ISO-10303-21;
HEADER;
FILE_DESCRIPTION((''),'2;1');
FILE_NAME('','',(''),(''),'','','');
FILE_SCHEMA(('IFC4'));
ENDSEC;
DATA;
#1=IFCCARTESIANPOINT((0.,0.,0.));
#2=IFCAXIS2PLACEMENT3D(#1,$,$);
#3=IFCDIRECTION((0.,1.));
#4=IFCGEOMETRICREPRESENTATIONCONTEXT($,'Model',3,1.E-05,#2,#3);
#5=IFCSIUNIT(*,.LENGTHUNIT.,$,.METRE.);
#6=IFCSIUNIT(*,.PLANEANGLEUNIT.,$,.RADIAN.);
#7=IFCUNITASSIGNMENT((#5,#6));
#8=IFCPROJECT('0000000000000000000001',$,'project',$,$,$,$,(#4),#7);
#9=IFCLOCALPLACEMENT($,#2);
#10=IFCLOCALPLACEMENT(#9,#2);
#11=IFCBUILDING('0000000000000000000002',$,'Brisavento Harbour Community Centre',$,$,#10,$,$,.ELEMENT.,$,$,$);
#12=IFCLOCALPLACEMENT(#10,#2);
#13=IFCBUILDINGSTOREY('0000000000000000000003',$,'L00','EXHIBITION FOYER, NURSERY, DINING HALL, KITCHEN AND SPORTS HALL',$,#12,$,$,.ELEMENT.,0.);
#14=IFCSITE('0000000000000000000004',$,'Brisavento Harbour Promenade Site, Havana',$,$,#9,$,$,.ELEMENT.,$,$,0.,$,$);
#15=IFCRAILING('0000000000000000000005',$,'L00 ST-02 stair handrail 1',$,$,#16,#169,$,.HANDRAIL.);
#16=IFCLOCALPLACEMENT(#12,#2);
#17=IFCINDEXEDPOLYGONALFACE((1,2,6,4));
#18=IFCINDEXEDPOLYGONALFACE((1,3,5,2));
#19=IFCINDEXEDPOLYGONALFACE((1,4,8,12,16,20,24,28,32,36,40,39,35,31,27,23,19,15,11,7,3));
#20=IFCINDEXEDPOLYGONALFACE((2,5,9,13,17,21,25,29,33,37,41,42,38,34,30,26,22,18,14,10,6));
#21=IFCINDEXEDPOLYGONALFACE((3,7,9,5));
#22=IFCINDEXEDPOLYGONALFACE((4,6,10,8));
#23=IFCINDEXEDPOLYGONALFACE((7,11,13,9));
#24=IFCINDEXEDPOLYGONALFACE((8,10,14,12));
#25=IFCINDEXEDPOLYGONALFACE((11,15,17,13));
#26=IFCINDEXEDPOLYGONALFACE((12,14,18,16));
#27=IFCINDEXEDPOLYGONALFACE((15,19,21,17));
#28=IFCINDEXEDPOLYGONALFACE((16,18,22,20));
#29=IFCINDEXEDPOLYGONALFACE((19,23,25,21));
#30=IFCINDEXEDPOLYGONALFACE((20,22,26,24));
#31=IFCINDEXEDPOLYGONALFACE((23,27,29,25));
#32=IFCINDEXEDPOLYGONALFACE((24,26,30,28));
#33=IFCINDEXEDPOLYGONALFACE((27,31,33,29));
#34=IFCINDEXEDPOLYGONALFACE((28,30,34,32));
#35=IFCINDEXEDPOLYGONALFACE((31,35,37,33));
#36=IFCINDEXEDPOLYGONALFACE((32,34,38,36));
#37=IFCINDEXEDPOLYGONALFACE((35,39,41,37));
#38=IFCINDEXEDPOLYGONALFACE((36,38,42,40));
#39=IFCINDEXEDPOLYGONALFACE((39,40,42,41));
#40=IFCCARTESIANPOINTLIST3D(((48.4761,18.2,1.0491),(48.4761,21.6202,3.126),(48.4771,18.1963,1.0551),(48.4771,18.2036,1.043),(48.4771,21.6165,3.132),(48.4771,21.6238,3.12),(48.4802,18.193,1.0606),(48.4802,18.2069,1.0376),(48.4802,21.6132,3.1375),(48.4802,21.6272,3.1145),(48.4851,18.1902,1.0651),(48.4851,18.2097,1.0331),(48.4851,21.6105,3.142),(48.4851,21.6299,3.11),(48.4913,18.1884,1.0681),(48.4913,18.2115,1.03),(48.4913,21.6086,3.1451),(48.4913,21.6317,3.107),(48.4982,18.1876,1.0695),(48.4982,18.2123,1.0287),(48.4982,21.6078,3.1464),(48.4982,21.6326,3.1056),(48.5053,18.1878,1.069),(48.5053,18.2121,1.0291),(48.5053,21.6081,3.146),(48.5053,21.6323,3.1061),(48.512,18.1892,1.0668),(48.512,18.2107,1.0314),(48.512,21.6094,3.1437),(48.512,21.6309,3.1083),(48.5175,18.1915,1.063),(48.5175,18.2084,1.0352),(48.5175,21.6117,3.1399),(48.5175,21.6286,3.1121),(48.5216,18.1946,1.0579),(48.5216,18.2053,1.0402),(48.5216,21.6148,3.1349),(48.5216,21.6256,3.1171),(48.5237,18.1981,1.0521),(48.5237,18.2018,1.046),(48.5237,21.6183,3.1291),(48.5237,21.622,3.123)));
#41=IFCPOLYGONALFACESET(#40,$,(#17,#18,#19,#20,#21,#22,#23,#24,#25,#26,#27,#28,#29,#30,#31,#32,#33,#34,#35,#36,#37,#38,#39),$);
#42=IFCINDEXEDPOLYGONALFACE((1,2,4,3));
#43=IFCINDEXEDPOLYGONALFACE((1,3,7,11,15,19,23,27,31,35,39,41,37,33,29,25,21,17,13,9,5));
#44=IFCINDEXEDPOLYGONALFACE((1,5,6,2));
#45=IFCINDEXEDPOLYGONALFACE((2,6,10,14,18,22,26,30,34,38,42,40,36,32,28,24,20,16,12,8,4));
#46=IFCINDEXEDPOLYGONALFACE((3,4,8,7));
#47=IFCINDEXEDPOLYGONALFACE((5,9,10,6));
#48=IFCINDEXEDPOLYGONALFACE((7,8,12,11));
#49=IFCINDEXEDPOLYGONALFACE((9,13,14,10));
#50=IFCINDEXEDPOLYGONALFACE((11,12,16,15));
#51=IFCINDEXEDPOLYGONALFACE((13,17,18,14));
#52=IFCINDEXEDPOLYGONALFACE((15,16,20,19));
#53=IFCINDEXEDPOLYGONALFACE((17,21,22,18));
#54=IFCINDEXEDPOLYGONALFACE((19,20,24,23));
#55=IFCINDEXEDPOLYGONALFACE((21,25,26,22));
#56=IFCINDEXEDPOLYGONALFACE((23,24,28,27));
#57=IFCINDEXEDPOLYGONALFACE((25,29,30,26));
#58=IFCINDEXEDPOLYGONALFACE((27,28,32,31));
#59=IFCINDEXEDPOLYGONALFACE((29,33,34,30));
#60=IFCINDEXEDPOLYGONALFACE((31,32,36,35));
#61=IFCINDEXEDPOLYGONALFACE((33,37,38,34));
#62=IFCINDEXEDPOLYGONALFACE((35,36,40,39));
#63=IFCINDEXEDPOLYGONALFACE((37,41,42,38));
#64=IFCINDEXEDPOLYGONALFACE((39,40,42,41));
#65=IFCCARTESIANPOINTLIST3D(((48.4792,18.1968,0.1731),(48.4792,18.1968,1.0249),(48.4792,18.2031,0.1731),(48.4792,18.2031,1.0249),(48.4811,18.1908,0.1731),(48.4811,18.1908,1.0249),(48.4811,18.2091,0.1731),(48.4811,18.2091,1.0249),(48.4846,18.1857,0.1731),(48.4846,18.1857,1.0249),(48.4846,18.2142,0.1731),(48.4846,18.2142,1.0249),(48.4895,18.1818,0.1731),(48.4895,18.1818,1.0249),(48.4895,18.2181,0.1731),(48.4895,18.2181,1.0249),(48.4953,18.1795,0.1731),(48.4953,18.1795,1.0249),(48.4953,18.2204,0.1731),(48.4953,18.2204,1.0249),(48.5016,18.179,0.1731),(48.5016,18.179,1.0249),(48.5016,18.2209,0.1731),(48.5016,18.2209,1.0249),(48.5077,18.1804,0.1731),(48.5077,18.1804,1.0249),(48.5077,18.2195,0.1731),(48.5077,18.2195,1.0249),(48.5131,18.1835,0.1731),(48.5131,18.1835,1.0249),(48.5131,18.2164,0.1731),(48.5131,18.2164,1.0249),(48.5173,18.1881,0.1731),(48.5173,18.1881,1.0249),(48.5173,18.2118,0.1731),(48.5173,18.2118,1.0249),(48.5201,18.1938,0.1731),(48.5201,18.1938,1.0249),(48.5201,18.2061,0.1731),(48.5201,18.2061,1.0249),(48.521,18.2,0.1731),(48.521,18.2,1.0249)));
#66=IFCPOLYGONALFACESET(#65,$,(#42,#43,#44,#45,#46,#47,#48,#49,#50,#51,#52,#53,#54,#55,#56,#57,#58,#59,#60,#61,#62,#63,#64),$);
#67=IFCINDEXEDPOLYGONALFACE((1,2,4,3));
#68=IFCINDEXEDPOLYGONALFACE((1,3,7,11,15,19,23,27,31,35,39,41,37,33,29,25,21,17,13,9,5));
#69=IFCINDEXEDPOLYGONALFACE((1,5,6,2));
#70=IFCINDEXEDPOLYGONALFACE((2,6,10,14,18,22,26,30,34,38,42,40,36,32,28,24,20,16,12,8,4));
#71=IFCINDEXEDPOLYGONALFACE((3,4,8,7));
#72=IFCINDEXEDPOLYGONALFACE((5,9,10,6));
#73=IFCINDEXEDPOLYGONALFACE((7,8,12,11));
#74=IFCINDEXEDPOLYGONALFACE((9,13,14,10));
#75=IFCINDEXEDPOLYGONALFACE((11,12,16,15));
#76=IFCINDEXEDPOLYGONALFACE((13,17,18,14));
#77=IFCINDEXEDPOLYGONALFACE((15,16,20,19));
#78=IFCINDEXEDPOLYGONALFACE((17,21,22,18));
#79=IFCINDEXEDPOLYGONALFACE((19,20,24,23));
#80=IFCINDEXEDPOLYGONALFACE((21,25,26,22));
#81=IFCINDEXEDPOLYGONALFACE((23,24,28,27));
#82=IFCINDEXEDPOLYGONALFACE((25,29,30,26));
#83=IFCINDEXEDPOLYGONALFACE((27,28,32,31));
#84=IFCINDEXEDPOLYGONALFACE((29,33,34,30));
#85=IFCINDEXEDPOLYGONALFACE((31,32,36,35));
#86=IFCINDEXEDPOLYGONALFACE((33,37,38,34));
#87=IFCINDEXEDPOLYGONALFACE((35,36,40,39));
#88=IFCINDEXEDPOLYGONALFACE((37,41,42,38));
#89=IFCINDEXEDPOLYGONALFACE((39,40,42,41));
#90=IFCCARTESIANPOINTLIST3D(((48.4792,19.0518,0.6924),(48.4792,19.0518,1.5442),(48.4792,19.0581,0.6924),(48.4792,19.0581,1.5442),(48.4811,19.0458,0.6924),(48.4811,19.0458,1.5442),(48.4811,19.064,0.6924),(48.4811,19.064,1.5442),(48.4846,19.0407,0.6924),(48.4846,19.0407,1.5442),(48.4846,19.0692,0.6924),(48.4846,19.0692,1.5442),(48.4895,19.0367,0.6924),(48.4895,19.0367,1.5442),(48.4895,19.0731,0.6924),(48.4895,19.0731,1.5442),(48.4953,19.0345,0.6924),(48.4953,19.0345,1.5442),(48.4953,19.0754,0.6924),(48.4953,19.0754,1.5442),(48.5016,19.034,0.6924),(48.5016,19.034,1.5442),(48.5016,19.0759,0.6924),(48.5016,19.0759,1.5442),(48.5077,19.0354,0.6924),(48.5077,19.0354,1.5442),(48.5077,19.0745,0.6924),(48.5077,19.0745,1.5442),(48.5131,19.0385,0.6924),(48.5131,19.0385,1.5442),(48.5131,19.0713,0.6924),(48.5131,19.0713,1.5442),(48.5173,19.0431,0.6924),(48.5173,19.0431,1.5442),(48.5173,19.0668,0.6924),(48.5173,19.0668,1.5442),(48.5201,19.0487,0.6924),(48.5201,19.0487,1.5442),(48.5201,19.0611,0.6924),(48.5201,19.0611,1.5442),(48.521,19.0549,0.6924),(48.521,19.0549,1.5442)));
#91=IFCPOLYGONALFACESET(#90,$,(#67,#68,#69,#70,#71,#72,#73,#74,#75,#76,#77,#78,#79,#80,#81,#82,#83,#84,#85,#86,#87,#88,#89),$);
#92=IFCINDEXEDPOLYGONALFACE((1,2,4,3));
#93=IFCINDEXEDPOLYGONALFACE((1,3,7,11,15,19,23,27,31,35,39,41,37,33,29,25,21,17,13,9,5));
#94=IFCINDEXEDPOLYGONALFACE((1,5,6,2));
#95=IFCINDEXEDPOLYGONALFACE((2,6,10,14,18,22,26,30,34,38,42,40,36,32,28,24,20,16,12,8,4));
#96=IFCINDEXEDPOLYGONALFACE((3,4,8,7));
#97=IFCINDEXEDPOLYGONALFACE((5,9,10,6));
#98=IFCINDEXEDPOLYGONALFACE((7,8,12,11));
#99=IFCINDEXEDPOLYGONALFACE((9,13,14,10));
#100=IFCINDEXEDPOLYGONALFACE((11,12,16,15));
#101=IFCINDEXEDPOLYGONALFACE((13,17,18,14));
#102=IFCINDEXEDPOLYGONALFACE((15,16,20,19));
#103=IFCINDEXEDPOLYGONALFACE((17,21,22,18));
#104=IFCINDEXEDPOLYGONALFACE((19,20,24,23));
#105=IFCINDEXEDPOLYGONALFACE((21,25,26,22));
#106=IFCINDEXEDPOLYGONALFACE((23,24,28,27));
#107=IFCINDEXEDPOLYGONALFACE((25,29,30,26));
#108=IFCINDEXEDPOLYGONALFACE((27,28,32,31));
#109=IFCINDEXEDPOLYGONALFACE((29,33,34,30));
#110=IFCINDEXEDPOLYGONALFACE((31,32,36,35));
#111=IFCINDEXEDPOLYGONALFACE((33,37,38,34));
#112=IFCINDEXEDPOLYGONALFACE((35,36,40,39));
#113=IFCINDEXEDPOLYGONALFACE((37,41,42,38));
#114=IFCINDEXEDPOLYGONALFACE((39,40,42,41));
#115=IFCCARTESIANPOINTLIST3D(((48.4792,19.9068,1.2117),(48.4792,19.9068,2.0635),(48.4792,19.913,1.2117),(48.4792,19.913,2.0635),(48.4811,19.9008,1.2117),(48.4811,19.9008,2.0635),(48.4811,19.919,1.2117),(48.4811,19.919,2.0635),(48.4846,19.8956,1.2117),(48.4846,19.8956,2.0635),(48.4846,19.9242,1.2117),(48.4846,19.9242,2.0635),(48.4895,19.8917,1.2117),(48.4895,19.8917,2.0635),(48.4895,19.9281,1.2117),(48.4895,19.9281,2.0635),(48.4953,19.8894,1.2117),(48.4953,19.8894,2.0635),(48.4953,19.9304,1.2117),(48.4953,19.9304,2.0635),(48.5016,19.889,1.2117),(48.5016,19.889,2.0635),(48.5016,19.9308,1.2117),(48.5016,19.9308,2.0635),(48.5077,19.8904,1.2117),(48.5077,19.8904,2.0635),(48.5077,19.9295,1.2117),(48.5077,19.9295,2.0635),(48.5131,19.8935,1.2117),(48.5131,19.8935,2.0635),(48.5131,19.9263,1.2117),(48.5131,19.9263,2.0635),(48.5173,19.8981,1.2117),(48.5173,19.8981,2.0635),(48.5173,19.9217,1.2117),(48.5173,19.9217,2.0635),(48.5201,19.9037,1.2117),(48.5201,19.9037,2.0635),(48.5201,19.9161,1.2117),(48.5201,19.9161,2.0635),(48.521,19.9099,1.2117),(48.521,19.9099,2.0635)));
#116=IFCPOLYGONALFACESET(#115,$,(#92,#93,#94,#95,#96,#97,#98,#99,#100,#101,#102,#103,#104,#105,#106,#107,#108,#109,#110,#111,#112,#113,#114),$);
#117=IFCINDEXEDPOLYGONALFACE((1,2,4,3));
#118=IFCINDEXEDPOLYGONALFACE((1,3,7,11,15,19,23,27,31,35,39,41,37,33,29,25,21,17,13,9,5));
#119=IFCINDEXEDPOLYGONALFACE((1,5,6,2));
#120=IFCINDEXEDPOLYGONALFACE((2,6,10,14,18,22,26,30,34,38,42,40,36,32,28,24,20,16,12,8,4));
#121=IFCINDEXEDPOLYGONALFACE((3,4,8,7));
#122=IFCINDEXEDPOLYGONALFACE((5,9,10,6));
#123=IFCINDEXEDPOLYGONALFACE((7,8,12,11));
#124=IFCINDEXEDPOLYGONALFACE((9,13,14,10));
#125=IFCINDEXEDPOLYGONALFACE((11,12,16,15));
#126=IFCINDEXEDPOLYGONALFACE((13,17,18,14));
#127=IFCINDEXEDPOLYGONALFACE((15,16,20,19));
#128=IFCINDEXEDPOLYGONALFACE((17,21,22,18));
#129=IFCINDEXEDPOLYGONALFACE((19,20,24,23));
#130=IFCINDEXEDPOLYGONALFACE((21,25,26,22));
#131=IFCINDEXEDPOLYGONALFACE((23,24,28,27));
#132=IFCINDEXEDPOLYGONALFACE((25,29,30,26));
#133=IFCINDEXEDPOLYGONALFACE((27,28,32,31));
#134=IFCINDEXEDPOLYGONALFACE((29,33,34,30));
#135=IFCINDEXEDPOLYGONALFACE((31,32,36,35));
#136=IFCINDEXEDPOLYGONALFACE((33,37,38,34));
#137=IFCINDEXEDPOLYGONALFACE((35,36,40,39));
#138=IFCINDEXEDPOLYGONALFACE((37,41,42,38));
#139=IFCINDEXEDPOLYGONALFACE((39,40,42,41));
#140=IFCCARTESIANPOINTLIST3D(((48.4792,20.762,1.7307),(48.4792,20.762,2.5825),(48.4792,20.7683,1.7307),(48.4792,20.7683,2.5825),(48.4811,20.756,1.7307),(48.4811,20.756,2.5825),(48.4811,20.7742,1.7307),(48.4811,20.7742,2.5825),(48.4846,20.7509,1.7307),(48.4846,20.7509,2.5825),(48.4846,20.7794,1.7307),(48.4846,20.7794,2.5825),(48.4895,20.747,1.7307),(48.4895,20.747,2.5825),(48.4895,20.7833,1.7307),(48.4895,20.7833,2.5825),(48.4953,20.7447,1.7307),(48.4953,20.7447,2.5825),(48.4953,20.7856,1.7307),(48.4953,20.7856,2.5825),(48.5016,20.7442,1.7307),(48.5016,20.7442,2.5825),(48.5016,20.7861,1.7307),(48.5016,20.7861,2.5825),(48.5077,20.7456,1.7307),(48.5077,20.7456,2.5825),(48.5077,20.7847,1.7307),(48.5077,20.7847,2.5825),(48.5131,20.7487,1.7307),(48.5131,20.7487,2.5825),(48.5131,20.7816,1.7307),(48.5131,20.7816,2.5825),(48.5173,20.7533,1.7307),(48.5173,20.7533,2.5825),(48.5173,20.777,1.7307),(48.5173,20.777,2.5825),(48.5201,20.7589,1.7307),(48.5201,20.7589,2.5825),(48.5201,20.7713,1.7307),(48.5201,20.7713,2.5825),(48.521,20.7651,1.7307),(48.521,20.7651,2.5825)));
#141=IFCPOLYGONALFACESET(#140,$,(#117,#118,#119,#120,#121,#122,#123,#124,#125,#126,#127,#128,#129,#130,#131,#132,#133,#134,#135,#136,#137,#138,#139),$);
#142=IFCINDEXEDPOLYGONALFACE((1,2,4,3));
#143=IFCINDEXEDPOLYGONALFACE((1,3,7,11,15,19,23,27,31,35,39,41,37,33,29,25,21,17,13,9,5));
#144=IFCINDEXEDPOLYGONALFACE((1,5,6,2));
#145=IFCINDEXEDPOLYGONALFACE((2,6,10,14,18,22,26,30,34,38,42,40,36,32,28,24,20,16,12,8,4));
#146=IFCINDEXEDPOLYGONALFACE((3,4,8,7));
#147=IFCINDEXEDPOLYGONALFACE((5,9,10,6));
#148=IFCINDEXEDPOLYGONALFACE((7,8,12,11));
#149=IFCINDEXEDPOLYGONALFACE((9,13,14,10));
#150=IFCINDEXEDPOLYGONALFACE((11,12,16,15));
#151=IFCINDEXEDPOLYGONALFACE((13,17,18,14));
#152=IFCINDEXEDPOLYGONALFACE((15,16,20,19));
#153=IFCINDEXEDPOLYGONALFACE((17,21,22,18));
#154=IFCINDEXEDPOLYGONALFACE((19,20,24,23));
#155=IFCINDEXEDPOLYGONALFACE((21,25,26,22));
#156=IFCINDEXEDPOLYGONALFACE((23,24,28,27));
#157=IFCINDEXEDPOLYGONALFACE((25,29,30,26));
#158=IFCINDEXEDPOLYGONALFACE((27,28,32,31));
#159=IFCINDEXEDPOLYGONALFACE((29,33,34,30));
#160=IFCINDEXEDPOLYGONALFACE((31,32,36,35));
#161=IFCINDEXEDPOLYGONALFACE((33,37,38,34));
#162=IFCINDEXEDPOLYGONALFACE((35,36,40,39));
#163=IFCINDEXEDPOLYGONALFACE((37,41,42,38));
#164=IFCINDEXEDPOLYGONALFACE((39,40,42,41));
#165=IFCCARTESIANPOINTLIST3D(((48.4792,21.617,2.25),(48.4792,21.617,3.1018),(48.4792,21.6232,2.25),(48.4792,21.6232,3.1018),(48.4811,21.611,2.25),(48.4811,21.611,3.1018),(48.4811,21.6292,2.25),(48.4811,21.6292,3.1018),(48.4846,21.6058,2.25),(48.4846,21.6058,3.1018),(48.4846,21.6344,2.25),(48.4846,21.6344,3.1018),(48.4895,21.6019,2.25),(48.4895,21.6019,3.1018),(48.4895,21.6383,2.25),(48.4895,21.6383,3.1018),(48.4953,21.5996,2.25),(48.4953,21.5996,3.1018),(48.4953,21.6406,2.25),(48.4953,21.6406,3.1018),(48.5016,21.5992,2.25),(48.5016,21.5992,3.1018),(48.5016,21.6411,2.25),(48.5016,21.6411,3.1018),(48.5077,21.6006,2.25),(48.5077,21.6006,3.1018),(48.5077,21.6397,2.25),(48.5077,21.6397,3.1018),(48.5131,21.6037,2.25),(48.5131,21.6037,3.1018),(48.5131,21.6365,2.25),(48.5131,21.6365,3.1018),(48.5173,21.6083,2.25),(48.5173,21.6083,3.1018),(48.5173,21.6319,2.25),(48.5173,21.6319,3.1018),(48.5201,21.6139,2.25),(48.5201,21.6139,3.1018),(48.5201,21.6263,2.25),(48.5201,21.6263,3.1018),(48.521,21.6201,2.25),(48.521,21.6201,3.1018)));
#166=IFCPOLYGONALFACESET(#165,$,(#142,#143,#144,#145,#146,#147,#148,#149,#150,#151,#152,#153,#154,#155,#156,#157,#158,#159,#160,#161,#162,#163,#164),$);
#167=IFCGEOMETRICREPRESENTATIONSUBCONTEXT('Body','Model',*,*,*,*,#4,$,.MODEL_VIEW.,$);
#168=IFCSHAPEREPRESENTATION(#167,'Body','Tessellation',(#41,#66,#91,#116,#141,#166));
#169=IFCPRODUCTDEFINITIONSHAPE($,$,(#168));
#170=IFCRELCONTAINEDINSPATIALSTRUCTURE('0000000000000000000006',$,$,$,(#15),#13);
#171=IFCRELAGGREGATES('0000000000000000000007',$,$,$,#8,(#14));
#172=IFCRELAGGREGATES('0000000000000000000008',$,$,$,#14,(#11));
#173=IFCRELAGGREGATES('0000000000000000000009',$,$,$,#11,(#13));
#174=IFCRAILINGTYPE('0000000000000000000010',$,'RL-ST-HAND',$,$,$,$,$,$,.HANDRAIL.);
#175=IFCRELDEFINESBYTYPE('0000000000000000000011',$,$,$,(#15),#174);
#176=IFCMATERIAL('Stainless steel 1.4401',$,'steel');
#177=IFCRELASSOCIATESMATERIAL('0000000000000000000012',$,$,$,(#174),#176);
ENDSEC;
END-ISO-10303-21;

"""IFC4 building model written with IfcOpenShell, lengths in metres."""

from ifc_helpers import new_model, si_unit, direction, frame, origin, origin_2d, place, context, subcontext, project, spatial, circle, extrude, material, type_object, element, save


model = new_model("IFC4")

# Units and contexts
model_context = context("Model", 3, precision=1e-05, world=origin(), true_north=direction((0.0, 1.0)))
body_context = subcontext(model_context, "Body", "Model", "MODEL_VIEW")
ifc_project = project(units=[si_unit("LENGTHUNIT", "METRE"), si_unit("PLANEANGLEUNIT", "RADIAN")], contexts=[model_context])

# Site, building, storey
site_placement = place(None, origin())
site = spatial("IfcSite", under=ifc_project, at=site_placement, Name="Brisavento Harbour Promenade Site, Havana", CompositionType="ELEMENT", RefElevation=0.0)
building_placement = place(site_placement, origin())
building = spatial("IfcBuilding", under=site, at=building_placement, Name="Brisavento Harbour Community Centre", CompositionType="ELEMENT")
storey_placement = place(building_placement, origin())
storey = spatial("IfcBuildingStorey", under=building, at=storey_placement, Name="L00", Description="EXHIBITION FOYER, NURSERY, DINING HALL, KITCHEN AND SPORTS HALL", CompositionType="ELEMENT", Elevation=0.0)

# Railing
ifc_material_1 = material(Name="Stainless steel 1.4401", Category="steel")
railing_type_1 = type_object("IfcRailingType", Name="RL-ST-HAND", PredefinedType="HANDRAIL", material=ifc_material_1)
railing_1_placement = place(storey_placement, frame((48.5, 18.2, 0.1731)))
element("IfcRailing", 1, at=railing_1_placement, inside=storey, type_object=railing_type_1, Name="L00 ST-02 stair handrail 1", PredefinedType="HANDRAIL", context=body_context, shape_type="SweptSolid", body=[
    extrude(circle(Radius=0.0239, at=origin_2d()), frame((0.0, 0.0, 0.876), z_axis=(0.0, 0.854746, 0.519047), x_axis=(-1.0, 0.0, 0.0)), (0.0, 0.0, 1.0), 4.0015),
    extrude(circle(Radius=0.021, at=origin_2d()), origin(), (0.0, 0.0, 1.0), 0.8518),
    extrude(circle(Radius=0.021, at=origin_2d()), frame((0.0, 0.855, 0.5193)), (0.0, 0.0, 1.0), 0.8518),
    extrude(circle(Radius=0.021, at=origin_2d()), frame((0.0, 1.71, 1.0386)), (0.0, 0.0, 1.0), 0.8518),
    extrude(circle(Radius=0.021, at=origin_2d()), frame((0.0, 2.5652, 1.5576)), (0.0, 0.0, 1.0), 0.8518),
    extrude(circle(Radius=0.021, at=origin_2d()), frame((0.0, 3.4202, 2.0769)), (0.0, 0.0, 1.0), 0.8518),
])

save(model, "model.ifc")
